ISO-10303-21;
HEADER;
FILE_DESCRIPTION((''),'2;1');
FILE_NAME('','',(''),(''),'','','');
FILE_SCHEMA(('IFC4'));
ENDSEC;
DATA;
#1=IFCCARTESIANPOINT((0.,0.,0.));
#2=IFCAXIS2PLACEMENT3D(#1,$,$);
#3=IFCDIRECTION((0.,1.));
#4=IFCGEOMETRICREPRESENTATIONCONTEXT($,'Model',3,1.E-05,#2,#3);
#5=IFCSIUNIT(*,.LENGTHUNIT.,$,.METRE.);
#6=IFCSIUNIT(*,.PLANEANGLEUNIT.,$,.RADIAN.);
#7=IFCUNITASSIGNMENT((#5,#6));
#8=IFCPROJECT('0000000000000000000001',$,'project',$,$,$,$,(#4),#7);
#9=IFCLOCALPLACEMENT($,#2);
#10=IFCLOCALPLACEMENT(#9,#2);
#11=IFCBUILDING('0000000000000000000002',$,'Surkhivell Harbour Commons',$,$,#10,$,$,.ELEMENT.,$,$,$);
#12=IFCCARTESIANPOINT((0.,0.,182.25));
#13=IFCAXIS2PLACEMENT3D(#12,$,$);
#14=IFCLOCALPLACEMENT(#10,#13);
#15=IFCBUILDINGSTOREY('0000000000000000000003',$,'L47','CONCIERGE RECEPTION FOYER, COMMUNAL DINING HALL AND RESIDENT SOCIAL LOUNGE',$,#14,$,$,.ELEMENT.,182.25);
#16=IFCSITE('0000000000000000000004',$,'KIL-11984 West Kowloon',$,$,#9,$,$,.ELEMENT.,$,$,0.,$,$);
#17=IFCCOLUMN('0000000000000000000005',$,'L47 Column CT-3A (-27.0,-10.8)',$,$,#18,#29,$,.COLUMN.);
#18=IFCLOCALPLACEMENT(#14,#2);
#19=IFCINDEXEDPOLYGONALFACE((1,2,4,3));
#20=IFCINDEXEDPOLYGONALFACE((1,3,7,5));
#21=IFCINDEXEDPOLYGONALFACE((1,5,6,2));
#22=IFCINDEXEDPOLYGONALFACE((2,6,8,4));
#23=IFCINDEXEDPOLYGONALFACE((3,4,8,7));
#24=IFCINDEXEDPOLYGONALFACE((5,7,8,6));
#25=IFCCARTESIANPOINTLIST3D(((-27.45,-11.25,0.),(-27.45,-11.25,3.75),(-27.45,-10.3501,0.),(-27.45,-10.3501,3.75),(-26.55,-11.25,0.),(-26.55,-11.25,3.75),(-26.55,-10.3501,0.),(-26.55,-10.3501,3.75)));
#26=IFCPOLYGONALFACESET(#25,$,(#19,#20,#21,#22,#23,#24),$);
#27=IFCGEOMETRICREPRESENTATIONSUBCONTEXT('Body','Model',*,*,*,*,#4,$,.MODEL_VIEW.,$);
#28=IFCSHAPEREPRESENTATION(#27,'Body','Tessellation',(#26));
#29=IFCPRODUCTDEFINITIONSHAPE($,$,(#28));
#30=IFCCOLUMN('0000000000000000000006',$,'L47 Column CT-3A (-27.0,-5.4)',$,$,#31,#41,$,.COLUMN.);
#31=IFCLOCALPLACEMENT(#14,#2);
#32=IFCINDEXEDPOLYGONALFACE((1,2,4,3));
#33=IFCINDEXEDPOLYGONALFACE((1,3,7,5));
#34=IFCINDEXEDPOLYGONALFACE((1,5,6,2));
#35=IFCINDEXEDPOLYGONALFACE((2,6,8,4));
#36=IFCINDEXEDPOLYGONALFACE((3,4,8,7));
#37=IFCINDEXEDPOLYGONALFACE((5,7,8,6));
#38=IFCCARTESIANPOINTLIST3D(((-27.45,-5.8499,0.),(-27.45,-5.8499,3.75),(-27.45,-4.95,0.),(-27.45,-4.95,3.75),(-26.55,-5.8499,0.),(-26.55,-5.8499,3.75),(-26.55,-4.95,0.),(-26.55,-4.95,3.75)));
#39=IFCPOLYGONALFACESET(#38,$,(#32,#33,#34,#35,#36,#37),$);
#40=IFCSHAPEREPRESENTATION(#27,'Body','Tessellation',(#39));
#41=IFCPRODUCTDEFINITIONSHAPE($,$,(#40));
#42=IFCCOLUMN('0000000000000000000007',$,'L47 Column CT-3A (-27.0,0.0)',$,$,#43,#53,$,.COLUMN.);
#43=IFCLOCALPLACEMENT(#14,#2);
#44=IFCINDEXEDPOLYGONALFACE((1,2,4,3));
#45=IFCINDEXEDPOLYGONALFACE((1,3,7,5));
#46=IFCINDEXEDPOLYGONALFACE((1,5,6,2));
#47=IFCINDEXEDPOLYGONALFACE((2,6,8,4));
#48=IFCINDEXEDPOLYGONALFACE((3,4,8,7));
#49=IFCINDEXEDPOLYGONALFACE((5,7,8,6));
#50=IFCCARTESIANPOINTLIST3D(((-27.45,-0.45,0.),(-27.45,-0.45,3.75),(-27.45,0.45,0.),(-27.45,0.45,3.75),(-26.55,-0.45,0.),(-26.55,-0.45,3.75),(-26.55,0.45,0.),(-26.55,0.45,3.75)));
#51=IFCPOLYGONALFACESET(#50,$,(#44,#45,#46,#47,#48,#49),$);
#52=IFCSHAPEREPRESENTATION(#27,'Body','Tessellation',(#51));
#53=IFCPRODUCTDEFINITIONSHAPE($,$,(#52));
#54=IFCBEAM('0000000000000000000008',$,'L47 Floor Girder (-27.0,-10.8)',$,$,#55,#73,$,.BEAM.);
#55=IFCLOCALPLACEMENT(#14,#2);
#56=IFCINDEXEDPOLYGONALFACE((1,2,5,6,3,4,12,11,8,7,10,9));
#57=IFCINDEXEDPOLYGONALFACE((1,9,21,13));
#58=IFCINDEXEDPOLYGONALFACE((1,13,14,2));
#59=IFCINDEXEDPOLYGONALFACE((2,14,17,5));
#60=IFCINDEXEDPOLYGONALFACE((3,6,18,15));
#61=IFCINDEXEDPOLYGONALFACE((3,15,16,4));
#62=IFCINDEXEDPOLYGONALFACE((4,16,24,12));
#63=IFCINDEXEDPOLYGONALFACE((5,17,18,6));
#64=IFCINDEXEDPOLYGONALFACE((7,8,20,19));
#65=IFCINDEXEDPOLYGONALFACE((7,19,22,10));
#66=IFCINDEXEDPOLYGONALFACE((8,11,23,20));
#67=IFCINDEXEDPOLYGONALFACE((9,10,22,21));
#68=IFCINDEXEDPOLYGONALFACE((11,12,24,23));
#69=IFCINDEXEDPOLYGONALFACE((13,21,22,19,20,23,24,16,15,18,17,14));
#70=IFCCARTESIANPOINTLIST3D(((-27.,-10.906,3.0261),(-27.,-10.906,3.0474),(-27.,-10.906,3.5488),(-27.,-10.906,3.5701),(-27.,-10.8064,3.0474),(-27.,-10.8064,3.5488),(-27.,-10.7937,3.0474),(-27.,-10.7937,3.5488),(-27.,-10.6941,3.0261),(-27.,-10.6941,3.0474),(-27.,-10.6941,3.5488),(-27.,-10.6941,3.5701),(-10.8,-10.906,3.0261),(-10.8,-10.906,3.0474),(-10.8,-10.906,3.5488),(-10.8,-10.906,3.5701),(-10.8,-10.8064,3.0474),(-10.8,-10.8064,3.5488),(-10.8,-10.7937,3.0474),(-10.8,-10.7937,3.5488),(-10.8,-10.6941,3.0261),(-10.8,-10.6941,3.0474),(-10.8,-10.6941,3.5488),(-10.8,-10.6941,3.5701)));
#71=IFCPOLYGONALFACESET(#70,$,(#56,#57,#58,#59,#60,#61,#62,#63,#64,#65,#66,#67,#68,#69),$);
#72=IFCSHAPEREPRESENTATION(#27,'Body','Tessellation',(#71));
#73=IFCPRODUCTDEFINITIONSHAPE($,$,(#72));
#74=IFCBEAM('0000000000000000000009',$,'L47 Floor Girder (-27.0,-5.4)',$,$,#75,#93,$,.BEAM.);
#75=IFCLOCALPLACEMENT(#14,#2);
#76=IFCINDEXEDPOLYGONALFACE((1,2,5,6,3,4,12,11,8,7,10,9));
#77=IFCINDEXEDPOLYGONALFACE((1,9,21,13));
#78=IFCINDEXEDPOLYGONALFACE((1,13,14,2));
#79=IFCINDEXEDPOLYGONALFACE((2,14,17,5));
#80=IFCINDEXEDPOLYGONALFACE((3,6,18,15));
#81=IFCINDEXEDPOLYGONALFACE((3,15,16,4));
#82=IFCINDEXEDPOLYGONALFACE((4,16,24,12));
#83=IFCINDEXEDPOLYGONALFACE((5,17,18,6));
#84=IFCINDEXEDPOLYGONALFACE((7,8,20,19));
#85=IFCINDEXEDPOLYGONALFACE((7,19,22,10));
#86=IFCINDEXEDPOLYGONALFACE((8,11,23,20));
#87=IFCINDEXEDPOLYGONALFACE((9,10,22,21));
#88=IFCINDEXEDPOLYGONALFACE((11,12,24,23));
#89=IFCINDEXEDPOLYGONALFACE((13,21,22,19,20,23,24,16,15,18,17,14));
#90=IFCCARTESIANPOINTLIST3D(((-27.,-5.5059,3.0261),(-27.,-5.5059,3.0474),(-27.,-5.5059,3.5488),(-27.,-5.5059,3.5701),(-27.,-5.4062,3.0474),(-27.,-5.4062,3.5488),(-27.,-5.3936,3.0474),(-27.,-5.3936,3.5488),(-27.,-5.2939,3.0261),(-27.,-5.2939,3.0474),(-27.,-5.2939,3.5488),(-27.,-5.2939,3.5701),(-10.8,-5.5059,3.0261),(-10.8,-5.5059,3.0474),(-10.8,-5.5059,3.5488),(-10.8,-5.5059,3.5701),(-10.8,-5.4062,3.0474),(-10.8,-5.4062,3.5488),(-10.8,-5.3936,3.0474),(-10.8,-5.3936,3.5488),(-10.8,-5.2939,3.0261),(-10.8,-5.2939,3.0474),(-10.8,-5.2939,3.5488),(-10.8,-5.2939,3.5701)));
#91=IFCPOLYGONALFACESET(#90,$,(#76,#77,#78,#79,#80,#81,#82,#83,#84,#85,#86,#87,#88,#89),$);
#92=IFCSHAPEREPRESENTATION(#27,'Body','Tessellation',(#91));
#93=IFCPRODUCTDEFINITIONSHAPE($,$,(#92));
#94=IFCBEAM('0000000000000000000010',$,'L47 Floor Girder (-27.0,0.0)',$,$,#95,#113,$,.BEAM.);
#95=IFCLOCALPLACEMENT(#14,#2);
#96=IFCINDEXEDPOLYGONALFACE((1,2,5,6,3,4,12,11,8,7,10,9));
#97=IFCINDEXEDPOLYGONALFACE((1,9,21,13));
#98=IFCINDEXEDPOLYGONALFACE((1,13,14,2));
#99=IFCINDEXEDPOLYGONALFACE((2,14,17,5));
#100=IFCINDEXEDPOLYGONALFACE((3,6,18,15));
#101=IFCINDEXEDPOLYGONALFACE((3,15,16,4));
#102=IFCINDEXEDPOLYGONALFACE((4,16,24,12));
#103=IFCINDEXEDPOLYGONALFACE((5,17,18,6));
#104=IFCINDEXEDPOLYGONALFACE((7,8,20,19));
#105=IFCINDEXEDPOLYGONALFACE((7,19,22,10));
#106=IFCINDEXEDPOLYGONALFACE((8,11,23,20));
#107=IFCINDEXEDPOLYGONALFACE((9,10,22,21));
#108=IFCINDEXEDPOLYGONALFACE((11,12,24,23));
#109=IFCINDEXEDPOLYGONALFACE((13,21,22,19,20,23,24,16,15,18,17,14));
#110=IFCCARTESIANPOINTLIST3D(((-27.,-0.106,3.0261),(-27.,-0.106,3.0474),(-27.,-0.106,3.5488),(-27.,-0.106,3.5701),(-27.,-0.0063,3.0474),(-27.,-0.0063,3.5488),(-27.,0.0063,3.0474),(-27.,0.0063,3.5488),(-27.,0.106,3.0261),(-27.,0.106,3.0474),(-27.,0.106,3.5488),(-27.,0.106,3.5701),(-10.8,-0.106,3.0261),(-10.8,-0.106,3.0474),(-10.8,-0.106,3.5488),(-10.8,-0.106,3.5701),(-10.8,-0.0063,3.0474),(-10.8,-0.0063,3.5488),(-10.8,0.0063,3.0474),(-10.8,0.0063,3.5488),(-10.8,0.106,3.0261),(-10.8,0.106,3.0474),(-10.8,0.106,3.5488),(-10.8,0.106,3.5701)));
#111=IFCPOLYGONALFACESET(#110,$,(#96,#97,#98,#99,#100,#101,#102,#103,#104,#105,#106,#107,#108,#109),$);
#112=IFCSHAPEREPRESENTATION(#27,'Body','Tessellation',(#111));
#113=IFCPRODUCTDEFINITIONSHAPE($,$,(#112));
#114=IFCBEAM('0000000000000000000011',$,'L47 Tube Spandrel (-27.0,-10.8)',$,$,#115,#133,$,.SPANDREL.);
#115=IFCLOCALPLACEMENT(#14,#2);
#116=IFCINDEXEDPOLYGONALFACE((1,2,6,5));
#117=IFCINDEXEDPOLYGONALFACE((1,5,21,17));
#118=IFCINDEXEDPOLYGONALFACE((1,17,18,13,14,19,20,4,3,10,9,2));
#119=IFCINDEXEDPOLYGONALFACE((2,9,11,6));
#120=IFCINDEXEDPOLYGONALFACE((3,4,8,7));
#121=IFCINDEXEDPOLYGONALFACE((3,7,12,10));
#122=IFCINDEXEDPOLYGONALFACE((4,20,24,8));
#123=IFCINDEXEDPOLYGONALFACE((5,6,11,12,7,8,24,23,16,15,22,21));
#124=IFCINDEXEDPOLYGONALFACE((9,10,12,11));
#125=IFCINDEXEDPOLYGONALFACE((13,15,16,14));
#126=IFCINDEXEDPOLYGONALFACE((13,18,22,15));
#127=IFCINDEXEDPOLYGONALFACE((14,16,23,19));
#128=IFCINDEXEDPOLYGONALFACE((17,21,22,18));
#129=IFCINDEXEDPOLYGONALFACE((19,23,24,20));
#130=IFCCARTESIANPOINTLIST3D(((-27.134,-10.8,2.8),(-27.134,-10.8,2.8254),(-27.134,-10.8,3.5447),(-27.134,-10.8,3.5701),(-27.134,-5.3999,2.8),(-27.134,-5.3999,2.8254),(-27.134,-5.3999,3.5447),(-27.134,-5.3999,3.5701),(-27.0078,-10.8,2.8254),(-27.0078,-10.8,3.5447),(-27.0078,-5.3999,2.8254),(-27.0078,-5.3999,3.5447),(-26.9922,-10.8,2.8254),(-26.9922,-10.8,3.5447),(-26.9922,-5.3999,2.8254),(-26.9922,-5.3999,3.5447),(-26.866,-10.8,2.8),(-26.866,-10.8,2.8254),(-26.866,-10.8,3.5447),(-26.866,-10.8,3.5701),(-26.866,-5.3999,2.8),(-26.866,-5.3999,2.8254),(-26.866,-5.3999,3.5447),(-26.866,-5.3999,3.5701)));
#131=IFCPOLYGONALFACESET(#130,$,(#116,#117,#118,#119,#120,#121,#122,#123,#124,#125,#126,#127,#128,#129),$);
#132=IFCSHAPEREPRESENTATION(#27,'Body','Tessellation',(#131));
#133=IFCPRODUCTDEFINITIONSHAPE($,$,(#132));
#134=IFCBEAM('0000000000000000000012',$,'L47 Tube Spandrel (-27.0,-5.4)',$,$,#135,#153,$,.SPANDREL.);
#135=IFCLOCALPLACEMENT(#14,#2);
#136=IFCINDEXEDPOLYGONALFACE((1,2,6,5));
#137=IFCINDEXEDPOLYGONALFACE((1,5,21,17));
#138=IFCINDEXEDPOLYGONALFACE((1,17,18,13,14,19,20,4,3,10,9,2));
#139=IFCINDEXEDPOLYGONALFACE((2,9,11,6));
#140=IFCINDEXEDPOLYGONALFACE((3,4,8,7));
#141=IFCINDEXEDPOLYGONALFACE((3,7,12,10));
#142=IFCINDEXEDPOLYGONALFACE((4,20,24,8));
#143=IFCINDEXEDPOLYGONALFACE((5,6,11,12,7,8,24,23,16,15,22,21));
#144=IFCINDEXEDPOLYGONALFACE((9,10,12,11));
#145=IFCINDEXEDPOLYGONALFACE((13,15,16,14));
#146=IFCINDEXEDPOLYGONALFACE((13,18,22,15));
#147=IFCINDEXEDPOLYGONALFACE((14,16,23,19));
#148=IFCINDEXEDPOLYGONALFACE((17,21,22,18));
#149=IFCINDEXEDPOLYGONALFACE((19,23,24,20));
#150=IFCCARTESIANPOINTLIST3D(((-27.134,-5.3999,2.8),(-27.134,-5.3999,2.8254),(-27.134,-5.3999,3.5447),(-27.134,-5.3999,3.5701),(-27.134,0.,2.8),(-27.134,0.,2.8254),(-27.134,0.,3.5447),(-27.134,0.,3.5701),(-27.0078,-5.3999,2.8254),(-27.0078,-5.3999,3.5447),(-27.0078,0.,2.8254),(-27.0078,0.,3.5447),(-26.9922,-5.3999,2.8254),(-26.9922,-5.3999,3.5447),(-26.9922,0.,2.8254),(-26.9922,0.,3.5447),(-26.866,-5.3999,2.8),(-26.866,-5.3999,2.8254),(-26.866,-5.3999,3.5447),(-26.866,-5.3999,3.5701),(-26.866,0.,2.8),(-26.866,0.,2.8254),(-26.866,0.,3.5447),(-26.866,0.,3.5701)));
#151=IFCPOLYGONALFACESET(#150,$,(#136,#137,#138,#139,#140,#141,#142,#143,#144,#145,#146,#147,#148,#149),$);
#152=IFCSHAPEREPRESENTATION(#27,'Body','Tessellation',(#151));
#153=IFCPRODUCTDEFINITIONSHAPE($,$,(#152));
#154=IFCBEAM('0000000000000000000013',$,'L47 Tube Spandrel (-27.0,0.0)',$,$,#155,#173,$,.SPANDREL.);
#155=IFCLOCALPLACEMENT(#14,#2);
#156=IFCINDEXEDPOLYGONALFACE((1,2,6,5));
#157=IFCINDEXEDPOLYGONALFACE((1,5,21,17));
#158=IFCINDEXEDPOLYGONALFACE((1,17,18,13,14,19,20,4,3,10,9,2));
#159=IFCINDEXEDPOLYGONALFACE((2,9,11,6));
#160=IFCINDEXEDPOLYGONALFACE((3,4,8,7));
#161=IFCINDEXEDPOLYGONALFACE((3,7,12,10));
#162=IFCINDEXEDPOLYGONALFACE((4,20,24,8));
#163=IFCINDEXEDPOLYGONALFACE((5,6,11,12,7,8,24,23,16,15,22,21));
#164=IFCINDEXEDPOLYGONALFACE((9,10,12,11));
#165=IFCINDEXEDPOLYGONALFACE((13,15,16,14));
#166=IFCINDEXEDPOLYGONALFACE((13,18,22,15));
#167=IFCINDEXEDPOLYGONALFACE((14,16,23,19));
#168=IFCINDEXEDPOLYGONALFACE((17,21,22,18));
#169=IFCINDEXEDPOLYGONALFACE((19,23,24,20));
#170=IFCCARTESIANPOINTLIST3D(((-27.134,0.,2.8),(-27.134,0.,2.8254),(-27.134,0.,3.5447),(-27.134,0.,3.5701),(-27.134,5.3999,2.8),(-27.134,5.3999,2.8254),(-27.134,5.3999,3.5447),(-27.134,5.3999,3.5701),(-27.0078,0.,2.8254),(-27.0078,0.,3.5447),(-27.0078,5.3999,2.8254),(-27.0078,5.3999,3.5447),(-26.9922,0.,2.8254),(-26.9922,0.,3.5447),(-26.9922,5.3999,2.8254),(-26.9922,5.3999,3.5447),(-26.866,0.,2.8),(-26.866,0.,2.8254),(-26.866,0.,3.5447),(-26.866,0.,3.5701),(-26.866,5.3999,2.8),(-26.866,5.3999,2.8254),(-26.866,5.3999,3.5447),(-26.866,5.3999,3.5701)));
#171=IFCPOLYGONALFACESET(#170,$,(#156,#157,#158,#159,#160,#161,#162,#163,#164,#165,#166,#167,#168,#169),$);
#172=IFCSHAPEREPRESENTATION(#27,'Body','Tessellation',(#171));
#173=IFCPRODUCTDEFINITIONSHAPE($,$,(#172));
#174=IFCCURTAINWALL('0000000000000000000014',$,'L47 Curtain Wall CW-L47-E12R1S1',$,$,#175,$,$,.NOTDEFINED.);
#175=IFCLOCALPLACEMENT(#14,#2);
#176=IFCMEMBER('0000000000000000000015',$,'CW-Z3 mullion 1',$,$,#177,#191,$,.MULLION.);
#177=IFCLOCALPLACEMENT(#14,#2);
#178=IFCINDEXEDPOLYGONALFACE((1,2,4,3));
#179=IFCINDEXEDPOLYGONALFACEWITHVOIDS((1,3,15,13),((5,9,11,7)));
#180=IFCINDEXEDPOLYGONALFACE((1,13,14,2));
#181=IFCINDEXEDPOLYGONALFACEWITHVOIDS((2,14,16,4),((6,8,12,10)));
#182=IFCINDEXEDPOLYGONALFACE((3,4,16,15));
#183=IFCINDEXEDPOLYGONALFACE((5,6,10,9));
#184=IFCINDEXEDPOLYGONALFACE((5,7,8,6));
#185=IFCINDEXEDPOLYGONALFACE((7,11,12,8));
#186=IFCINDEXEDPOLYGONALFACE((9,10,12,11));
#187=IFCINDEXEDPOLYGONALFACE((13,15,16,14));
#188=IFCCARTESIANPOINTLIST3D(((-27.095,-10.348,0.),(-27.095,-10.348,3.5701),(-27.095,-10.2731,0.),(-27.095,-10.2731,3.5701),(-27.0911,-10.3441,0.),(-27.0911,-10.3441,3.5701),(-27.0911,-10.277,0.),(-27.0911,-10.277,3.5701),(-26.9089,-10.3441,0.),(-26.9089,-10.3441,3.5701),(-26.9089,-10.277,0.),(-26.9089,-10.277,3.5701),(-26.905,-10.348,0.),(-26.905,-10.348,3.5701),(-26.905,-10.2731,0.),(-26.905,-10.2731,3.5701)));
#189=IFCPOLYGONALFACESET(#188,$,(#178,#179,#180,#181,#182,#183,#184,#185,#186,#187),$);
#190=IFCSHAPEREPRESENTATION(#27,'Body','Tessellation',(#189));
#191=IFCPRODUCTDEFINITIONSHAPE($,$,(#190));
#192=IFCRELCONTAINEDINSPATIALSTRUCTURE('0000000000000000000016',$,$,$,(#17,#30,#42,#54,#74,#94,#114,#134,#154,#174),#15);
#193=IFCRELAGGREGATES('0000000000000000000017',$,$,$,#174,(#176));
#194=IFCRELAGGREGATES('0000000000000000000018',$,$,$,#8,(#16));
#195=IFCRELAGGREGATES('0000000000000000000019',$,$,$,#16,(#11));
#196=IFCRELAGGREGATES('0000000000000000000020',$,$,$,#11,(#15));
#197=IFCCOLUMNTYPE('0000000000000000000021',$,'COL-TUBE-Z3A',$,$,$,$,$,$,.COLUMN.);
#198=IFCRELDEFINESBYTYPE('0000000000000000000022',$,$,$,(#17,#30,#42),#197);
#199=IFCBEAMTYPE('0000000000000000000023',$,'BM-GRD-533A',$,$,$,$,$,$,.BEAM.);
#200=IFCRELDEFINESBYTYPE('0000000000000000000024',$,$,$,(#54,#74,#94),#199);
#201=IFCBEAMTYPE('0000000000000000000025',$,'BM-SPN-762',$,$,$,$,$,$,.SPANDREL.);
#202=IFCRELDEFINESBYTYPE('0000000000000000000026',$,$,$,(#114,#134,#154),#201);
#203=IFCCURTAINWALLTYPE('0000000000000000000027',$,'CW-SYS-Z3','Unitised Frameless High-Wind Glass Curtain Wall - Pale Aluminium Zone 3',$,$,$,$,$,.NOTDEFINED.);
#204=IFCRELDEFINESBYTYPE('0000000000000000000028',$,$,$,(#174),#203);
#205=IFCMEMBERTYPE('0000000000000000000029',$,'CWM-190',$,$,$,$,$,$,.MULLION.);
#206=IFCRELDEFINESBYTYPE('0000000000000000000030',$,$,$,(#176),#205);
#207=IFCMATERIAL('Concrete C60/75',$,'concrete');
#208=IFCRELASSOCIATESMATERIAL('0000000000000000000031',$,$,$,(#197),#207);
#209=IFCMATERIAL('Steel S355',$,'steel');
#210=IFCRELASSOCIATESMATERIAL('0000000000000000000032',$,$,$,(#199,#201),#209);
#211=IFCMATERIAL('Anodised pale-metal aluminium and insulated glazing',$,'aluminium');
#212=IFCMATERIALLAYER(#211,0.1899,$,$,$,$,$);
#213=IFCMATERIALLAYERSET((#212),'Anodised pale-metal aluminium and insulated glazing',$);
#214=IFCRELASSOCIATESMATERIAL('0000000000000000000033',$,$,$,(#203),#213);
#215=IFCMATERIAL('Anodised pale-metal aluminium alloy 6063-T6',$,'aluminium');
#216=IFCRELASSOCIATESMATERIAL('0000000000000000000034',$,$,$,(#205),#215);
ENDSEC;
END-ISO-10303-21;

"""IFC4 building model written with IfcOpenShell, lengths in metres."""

from ifc_helpers import new_model, si_unit, direction, frame, origin, origin_2d, place, context, subcontext, project, spatial, rectangle, hollow_rectangle, i_section, extrude, material, layer, layer_set, material_profile, profile_set, type_object, element, aggregate, save


model = new_model("IFC4")

# Units and contexts
model_context = context("Model", 3, precision=1e-05, world=origin(), true_north=direction((0.0, 1.0)))
body_context = subcontext(model_context, "Body", "Model", "MODEL_VIEW")
ifc_project = project(units=[si_unit("LENGTHUNIT", "METRE"), si_unit("PLANEANGLEUNIT", "RADIAN")], contexts=[model_context])

# Site, building, storey
site_placement = place(None, origin())
site = spatial("IfcSite", under=ifc_project, at=site_placement, Name="KIL-11984 West Kowloon", CompositionType="ELEMENT", RefElevation=0.0)
building_placement = place(site_placement, origin())
building = spatial("IfcBuilding", under=site, at=building_placement, Name="Surkhivell Harbour Commons", CompositionType="ELEMENT")
storey_placement = place(building_placement, frame((0.0, 0.0, 182.25)))
storey = spatial("IfcBuildingStorey", under=building, at=storey_placement, Name="L47", Description="CONCIERGE RECEPTION FOYER, COMMUNAL DINING HALL AND RESIDENT SOCIAL LOUNGE", CompositionType="ELEMENT", Elevation=182.25)

# Columns
ifc_material_1 = material(Name="Concrete C60/75", Category="concrete")
ifc_material_profile_1 = material_profile(ifc_material_1, rectangle(XDim=0.8999, YDim=0.8999, at=origin_2d()), Name="RC-COL-900x900")
ifc_profile_set_1 = profile_set([ifc_material_profile_1], Name="Concrete C60/75")
column_type = type_object("IfcColumnType", Name="COL-TUBE-Z3A", PredefinedType="COLUMN", material=ifc_profile_set_1)
for number, where, z_axis, x_axis, name in (
    (1, (-27.0, -10.8, 0.0), (0.0, 0.0, 1.0), (1.0, 0.0, 0.0), "L47 Column CT-3A (-27.0,-10.8)"),
    (2, (-27.0, -5.3999, 0.0), (0.0, 0.0, 1.0), (1.0, 0.0, 0.0), "L47 Column CT-3A (-27.0,-5.4)"),
    (3, (-27.0, 0.0, 0.0), (0.0, 0.0, 1.0), (1.0, 0.0, 0.0), "L47 Column CT-3A (-27.0,0.0)"),
):
    element("IfcColumn", number, at=place(storey_placement, frame(where, z_axis=z_axis, x_axis=x_axis)), inside=storey, type_object=column_type, Name=name, PredefinedType="COLUMN", context=body_context, shape_type="SweptSolid", body=[
        extrude(rectangle(XDim=0.8999, YDim=0.8999, at=origin_2d()), origin(), (0.0, 0.0, 1.0), 3.75),
    ])

# Beams
ifc_material_2 = material(Name="Steel S355", Category="steel")
ifc_material_profile_2 = material_profile(ifc_material_2, i_section(OverallWidth=0.2119, OverallDepth=0.5439, WebThickness=0.0127, FlangeThickness=0.0212, at=origin_2d()), Name="UB533x210x122")
ifc_profile_set_2 = profile_set([ifc_material_profile_2], Name="Steel S355")
beam_type_1 = type_object("IfcBeamType", Name="BM-GRD-533A", PredefinedType="BEAM", material=ifc_profile_set_2)
for number, where, z_axis, x_axis, name in (
    (4, (-27.0, -10.8, 3.2981), (1.0, 0.0, 0.0), (0.0, 1.0, 0.0), "L47 Floor Girder (-27.0,-10.8)"),
    (5, (-27.0, -5.3999, 3.2981), (1.0, 0.0, 0.0), (0.0, 1.0, 0.0), "L47 Floor Girder (-27.0,-5.4)"),
    (6, (-27.0, 0.0, 3.2981), (1.0, 0.0, 0.0), (0.0, 1.0, 0.0), "L47 Floor Girder (-27.0,0.0)"),
):
    element("IfcBeam", number, at=place(storey_placement, frame(where, z_axis=z_axis, x_axis=x_axis)), inside=storey, type_object=beam_type_1, Name=name, PredefinedType="BEAM", context=body_context, shape_type="SweptSolid", body=[
        extrude(i_section(OverallWidth=0.2119, OverallDepth=0.5439, WebThickness=0.0127, FlangeThickness=0.0212, at=origin_2d()), origin(), (0.0, 0.0, 1.0), 16.2),
    ])
ifc_material_profile_3 = material_profile(ifc_material_2, i_section(OverallWidth=0.2681, OverallDepth=0.77, WebThickness=0.0156, FlangeThickness=0.0254, at=origin_2d()), Name="UB762x267x197")
ifc_profile_set_3 = profile_set([ifc_material_profile_3], Name="Steel S355")
beam_type_2 = type_object("IfcBeamType", Name="BM-SPN-762", PredefinedType="SPANDREL", material=ifc_profile_set_3)
beam_placement = place(storey_placement, frame((-27.0, -10.8, 3.1851), z_axis=(0.0, 1.0, 0.0), x_axis=(-1.0, 0.0, 0.0)))
element("IfcBeam", 7, at=beam_placement, inside=storey, type_object=beam_type_2, Name="L47 Tube Spandrel (-27.0,-10.8)", PredefinedType="SPANDREL", context=body_context, shape_type="SweptSolid", body=[
    extrude(i_section(OverallWidth=0.2681, OverallDepth=0.77, WebThickness=0.0156, FlangeThickness=0.0254, at=origin_2d()), origin(), (0.0, 0.0, 1.0), 5.4001),
])
for number, where, z_axis, x_axis, name in (
    (8, (-27.0, -5.3999, 3.1851), (0.0, 1.0, 0.0), (-1.0, 0.0, 0.0), "L47 Tube Spandrel (-27.0,-5.4)"),
    (9, (-27.0, 0.0, 3.1851), (0.0, 1.0, 0.0), (-1.0, 0.0, 0.0), "L47 Tube Spandrel (-27.0,0.0)"),
):
    element("IfcBeam", number, at=place(storey_placement, frame(where, z_axis=z_axis, x_axis=x_axis)), inside=storey, type_object=beam_type_2, Name=name, PredefinedType="SPANDREL", context=body_context, shape_type="SweptSolid", body=[
        extrude(i_section(OverallWidth=0.2681, OverallDepth=0.77, WebThickness=0.0156, FlangeThickness=0.0254, at=origin_2d()), origin(), (0.0, 0.0, 1.0), 5.3999),
    ])

# Curtain wall, member
ifc_material_3 = material(Name="Anodised pale-metal aluminium and insulated glazing", Category="aluminium")
ifc_layer_1 = layer(ifc_material_3, 0.1899)
ifc_layer_set_1 = layer_set([ifc_layer_1], Name="Anodised pale-metal aluminium and insulated glazing")
curtain_wall_type = type_object("IfcCurtainWallType", Name="CW-SYS-Z3", Description="Unitised Frameless High-Wind Glass Curtain Wall - Pale Aluminium Zone 3", PredefinedType="NOTDEFINED", material=ifc_layer_set_1)
curtain_wall_placement = place(storey_placement, origin())
curtain_wall = element("IfcCurtainWall", 10, at=curtain_wall_placement, inside=storey, type_object=curtain_wall_type, Name="L47 Curtain Wall CW-L47-E12R1S1", PredefinedType="NOTDEFINED")
ifc_material_4 = material(Name="Anodised pale-metal aluminium alloy 6063-T6", Category="aluminium")
ifc_material_profile_4 = material_profile(ifc_material_4, hollow_rectangle(XDim=0.075, YDim=0.1899, WallThickness=0.0039, at=origin_2d()), Name="ALU-MULL-75x190")
ifc_profile_set_4 = profile_set([ifc_material_profile_4], Name="Anodised pale-metal aluminium alloy 6063-T6")
member_type_1 = type_object("IfcMemberType", Name="CWM-190", PredefinedType="MULLION", material=ifc_profile_set_4)
member_1_placement = place(storey_placement, frame((-27.0, -10.3105, 0.0), z_axis=(0.0, 0.0, 1.0), x_axis=(0.0, 1.0, 0.0)))
member_1 = element("IfcMember", 11, at=member_1_placement, type_object=member_type_1, Name="CW-Z3 mullion 1", PredefinedType="MULLION", context=body_context, shape_type="SweptSolid", body=[
    extrude(hollow_rectangle(XDim=0.075, YDim=0.1899, WallThickness=0.0039, at=origin_2d()), origin(), (0.0, 0.0, 1.0), 3.5701),
])

aggregate(curtain_wall, [member_1])

save(model, "model.ifc")
